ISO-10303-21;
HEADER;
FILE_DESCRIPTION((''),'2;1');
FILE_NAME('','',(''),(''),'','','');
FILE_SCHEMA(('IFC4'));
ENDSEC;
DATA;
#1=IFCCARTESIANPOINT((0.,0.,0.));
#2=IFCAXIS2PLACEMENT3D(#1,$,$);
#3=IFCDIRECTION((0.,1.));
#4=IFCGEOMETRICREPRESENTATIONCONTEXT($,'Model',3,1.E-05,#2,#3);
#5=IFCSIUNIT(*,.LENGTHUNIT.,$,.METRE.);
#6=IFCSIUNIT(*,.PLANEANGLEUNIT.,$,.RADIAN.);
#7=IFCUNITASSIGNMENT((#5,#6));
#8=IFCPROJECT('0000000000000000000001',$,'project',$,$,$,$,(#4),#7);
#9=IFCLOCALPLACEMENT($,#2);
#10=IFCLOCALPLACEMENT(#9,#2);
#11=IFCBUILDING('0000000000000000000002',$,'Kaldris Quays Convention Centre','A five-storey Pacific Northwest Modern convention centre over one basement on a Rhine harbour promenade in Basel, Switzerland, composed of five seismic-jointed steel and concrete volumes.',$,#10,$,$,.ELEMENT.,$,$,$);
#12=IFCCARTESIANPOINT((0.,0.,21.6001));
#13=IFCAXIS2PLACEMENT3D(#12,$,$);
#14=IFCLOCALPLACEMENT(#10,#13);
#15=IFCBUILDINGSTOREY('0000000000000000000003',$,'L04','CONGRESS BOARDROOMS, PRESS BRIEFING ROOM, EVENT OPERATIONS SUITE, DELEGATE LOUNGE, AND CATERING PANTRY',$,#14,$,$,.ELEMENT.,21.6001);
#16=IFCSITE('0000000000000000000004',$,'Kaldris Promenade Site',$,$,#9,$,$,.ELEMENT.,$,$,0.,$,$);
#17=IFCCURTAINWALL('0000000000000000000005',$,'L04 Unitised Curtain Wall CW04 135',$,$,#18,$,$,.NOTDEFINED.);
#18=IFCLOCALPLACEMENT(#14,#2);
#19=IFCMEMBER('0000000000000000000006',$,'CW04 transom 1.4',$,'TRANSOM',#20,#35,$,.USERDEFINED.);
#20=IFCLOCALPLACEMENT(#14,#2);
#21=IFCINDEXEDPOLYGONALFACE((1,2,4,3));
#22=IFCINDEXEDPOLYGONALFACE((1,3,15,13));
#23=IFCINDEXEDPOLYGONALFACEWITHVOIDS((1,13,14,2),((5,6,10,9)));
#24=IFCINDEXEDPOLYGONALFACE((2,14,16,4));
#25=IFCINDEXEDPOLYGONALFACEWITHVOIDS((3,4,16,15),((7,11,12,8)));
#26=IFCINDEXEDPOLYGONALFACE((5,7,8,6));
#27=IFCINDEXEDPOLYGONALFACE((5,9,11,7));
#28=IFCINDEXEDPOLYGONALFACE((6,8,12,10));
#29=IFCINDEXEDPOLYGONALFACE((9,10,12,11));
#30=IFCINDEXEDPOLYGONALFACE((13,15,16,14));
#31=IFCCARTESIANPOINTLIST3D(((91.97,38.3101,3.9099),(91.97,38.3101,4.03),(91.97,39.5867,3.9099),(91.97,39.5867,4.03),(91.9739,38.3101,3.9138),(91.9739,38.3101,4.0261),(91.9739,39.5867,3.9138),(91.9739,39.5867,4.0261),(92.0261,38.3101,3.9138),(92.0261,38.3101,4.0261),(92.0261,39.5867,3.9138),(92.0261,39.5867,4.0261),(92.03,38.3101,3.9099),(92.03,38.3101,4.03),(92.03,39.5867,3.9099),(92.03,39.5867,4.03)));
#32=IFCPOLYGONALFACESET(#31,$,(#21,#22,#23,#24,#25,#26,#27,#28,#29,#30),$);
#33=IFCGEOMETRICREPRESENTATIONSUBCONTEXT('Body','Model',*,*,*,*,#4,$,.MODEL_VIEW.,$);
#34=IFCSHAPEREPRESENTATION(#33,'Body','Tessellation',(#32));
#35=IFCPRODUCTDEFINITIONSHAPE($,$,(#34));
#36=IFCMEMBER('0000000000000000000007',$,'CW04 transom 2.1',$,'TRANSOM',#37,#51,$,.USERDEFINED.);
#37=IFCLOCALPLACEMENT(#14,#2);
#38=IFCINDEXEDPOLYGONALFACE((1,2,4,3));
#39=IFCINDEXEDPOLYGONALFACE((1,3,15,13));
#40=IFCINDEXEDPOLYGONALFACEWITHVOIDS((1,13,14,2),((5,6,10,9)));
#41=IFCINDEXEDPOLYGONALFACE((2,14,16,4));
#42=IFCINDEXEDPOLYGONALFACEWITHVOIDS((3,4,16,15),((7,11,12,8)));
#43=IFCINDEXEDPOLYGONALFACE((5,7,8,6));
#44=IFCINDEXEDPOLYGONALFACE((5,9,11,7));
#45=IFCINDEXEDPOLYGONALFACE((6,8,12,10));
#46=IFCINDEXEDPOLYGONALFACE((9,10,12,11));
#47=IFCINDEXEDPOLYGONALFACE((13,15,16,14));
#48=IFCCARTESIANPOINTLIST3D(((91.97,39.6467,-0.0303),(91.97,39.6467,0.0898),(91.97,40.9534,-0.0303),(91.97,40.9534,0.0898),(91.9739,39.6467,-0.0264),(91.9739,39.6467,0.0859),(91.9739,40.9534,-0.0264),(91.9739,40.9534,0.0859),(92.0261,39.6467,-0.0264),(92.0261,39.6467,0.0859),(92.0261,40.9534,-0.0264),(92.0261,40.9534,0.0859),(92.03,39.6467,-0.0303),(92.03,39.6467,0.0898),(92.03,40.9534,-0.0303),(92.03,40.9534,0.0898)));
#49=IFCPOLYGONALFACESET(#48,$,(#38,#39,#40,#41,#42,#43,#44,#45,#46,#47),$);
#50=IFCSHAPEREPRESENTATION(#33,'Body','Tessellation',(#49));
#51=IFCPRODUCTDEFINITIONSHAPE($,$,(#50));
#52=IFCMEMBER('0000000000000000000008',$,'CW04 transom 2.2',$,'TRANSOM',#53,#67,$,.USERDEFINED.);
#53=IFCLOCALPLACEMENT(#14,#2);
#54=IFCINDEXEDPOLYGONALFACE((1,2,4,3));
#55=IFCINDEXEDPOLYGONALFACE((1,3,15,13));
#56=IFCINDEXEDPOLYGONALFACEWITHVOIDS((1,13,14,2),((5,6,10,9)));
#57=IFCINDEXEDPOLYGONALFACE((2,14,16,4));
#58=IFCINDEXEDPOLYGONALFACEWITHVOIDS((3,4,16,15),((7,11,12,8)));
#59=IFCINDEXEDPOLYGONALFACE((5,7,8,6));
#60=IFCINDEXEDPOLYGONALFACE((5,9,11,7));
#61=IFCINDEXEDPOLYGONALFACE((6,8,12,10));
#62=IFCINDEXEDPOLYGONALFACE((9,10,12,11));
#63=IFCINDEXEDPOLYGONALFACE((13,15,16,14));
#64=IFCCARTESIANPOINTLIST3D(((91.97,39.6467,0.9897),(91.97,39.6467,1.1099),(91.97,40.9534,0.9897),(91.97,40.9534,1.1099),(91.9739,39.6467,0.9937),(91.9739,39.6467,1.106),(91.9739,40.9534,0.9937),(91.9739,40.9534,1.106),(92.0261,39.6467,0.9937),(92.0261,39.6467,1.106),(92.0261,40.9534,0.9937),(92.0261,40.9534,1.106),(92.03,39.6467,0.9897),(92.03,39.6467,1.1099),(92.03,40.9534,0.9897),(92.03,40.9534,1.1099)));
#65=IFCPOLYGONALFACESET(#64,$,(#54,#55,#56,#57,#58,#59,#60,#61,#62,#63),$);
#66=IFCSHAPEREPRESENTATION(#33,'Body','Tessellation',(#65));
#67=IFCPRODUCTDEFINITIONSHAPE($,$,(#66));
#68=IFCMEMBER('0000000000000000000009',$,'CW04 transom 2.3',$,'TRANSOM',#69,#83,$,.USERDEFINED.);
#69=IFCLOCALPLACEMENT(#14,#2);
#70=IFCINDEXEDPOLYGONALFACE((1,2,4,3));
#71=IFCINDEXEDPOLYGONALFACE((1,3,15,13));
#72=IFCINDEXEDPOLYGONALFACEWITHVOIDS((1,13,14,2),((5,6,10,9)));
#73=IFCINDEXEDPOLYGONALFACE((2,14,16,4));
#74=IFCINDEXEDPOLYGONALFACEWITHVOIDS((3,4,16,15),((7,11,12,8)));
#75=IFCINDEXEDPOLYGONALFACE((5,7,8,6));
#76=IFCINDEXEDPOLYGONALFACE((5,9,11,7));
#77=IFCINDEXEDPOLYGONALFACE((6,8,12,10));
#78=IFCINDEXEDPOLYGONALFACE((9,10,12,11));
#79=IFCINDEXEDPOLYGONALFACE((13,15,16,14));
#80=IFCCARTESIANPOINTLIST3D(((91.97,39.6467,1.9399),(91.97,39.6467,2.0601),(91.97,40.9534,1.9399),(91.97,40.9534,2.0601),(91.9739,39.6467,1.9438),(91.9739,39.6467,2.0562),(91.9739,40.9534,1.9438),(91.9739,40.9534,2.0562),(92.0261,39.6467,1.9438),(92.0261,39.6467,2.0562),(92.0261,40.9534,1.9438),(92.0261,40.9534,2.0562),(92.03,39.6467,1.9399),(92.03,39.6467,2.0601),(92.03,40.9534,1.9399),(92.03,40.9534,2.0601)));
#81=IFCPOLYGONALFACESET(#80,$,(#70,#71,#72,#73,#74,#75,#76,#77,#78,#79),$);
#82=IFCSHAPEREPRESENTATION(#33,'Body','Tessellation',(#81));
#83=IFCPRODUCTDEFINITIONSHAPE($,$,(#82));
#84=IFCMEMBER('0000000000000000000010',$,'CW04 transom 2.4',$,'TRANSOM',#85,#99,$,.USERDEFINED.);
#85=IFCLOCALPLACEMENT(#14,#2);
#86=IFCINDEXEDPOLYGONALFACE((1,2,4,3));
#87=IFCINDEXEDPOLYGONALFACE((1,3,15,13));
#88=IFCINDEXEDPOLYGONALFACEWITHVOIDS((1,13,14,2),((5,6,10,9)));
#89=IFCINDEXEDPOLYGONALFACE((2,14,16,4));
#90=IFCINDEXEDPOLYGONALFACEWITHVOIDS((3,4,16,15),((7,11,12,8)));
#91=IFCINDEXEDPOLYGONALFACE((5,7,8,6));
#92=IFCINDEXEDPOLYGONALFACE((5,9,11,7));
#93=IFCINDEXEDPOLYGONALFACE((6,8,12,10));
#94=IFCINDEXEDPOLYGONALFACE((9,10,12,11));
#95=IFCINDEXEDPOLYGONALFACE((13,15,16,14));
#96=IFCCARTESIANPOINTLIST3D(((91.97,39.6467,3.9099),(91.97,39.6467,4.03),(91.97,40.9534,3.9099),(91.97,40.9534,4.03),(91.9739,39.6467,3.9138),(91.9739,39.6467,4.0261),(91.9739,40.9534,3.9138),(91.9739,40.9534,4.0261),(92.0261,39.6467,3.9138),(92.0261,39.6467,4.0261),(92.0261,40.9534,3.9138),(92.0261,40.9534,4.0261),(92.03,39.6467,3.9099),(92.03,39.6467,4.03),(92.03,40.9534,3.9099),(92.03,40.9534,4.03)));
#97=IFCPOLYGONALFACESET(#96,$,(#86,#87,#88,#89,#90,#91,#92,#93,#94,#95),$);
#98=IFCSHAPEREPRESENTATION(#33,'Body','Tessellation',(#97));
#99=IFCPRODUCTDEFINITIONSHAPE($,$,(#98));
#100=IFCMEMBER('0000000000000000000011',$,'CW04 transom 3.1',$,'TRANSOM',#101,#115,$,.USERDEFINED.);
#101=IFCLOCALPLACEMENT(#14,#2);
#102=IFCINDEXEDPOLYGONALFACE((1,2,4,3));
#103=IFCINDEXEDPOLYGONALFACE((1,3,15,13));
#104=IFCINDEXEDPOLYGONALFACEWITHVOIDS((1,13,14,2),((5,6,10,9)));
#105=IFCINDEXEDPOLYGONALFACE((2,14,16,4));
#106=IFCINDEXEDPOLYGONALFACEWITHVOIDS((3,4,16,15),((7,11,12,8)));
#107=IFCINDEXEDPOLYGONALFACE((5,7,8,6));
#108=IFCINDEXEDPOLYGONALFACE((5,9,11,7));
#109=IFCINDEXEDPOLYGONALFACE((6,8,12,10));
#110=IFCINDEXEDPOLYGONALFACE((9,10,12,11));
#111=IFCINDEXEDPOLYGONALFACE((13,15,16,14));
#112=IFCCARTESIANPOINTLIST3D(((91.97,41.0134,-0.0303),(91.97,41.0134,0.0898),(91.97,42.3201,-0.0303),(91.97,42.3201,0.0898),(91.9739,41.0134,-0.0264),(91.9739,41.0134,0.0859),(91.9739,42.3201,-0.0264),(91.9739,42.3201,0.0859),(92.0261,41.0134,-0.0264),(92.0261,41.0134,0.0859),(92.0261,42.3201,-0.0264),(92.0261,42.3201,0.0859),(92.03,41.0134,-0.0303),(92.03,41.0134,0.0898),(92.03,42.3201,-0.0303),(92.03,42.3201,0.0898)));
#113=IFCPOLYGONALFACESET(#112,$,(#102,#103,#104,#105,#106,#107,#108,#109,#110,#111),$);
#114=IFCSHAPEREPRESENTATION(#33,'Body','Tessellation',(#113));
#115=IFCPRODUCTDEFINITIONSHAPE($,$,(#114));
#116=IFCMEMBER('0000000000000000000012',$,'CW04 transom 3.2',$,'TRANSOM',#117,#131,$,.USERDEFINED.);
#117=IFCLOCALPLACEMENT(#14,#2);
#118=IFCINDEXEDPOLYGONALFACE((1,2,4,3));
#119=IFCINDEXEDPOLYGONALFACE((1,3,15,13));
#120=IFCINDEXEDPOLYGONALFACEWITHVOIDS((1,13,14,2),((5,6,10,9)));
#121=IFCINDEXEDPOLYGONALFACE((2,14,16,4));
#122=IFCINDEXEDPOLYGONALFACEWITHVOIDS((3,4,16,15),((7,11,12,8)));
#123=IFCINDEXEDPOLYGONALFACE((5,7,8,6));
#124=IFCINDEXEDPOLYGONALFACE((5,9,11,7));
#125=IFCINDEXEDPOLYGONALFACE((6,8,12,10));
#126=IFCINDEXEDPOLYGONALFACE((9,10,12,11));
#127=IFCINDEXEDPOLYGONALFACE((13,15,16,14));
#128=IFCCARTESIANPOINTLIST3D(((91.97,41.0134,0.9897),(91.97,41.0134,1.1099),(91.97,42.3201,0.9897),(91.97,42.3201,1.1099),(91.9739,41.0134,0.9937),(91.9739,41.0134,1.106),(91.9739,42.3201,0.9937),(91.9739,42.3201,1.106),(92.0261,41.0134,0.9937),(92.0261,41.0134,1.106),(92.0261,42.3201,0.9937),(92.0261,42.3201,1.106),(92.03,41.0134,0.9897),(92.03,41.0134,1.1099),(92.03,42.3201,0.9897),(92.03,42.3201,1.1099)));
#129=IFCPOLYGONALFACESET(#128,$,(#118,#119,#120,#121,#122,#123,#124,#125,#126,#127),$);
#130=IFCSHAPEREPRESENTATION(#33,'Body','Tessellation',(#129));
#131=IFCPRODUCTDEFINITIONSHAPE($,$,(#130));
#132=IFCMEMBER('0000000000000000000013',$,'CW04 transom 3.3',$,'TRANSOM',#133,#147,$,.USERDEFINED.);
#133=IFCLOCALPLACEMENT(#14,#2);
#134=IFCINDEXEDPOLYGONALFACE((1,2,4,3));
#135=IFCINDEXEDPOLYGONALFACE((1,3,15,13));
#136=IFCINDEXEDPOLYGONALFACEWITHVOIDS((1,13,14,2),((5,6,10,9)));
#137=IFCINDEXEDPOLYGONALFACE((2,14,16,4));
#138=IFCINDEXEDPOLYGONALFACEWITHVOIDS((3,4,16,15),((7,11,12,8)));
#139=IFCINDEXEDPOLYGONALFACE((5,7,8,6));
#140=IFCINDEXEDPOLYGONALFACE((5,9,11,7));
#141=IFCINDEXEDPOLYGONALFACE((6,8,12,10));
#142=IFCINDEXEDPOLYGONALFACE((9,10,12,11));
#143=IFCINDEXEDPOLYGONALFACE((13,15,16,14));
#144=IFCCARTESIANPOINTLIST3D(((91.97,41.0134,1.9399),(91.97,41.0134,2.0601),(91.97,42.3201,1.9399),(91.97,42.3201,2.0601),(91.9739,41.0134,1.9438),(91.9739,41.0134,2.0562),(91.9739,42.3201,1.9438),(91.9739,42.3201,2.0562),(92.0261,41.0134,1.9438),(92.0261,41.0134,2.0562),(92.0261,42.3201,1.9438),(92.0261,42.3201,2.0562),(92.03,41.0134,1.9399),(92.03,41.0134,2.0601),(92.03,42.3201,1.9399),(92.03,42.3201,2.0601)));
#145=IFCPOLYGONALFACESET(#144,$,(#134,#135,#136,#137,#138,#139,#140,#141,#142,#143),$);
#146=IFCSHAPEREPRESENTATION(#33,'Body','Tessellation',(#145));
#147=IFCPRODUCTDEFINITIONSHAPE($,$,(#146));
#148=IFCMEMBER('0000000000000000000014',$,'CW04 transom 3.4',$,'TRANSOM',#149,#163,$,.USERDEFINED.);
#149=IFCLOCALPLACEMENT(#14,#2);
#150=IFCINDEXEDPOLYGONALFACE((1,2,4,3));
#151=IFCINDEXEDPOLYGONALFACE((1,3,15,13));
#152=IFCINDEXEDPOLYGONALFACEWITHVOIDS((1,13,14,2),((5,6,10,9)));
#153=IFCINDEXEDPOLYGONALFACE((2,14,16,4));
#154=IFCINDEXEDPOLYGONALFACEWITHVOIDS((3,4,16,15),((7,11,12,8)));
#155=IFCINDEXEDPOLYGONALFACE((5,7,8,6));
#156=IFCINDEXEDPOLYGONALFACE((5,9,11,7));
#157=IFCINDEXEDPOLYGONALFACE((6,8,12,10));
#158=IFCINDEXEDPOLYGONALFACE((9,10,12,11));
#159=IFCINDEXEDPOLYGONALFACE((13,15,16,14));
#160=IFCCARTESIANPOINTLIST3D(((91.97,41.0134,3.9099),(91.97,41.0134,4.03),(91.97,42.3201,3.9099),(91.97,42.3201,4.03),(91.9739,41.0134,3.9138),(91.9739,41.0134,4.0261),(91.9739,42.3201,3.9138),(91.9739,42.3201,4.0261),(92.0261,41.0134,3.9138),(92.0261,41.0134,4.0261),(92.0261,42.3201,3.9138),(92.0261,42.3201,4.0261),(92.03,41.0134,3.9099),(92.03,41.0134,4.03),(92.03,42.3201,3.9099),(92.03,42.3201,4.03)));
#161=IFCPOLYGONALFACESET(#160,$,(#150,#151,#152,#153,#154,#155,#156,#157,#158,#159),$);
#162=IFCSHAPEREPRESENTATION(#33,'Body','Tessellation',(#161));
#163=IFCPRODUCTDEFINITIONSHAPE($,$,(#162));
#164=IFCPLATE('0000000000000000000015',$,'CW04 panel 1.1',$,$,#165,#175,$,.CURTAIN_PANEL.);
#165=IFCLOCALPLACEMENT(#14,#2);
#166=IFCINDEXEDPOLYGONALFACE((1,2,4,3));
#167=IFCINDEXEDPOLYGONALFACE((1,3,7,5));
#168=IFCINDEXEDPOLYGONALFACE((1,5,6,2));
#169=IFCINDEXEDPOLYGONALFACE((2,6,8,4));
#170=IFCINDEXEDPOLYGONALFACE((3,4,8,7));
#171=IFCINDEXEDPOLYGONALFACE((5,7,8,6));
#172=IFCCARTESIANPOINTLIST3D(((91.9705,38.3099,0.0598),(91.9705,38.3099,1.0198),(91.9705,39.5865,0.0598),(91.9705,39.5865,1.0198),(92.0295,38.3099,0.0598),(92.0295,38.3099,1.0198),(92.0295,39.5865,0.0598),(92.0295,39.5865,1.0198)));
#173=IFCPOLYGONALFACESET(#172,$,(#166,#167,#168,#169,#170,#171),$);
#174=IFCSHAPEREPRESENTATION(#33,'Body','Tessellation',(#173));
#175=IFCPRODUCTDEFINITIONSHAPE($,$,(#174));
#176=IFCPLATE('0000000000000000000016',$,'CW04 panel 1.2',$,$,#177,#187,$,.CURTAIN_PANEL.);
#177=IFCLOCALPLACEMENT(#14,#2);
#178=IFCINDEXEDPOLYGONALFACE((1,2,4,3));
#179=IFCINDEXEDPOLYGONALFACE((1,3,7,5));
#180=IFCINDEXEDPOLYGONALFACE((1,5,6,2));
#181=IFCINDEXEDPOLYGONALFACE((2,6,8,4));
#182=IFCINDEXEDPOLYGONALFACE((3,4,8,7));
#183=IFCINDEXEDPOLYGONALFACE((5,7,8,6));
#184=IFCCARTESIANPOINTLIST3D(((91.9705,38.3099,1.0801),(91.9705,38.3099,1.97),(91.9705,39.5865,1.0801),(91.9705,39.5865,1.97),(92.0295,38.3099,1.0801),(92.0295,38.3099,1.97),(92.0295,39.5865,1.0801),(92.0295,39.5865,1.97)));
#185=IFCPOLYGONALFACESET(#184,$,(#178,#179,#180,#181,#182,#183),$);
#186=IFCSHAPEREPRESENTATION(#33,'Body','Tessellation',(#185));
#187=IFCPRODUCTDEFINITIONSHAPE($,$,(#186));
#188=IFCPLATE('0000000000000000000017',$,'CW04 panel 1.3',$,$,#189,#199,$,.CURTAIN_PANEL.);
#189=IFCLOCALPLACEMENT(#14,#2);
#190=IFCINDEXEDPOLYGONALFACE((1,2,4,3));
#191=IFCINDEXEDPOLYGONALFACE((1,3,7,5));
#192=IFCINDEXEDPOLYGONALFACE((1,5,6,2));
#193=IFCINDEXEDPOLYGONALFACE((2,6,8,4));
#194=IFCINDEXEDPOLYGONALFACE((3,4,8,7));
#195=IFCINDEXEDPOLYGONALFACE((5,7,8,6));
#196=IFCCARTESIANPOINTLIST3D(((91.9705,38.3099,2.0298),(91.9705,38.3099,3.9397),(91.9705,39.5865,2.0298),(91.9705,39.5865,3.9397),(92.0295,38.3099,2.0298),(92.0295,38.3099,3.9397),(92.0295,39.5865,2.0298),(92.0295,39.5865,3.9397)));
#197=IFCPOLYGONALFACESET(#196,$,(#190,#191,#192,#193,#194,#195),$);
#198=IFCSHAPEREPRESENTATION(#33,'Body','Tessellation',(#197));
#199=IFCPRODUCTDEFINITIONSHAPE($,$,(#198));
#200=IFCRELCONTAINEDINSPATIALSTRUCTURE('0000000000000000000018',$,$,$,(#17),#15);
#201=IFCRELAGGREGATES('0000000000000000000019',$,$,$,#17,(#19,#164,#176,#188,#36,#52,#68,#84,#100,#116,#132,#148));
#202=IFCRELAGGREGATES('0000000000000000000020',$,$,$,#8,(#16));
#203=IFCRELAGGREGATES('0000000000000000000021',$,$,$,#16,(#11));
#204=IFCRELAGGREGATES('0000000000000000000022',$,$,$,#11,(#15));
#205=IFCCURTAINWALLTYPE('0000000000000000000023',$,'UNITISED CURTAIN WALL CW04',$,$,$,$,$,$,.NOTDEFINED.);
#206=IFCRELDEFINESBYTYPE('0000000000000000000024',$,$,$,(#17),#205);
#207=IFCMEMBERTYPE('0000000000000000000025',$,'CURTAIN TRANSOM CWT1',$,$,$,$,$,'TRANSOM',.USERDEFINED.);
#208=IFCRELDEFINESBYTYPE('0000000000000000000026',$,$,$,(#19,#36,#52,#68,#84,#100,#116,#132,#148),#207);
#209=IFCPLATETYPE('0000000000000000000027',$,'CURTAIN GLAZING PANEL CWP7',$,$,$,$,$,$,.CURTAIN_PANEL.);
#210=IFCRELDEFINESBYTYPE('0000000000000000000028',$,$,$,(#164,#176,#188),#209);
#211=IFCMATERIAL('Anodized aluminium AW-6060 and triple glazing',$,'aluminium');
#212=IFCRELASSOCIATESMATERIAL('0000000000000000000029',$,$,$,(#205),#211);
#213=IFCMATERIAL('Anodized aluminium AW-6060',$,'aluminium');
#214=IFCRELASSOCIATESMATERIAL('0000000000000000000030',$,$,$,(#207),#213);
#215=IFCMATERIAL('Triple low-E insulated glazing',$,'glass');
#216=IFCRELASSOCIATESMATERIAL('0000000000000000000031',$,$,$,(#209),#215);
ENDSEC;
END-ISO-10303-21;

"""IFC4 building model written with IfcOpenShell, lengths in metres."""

from ifc_helpers import new_model, si_unit, direction, frame, origin, origin_2d, place, context, subcontext, project, spatial, rectangle, hollow_rectangle, extrude, material, material_profile, profile_set, type_object, element, aggregate, save


model = new_model("IFC4")

# Units and contexts
model_context = context("Model", 3, precision=1e-05, world=origin(), true_north=direction((0.0, 1.0)))
body_context = subcontext(model_context, "Body", "Model", "MODEL_VIEW")
ifc_project = project(units=[si_unit("LENGTHUNIT", "METRE"), si_unit("PLANEANGLEUNIT", "RADIAN")], contexts=[model_context])

# Site, building, storey
site_placement = place(None, origin())
site = spatial("IfcSite", under=ifc_project, at=site_placement, Name="Kaldris Promenade Site", CompositionType="ELEMENT", RefElevation=0.0)
building_placement = place(site_placement, origin())
building = spatial("IfcBuilding", under=site, at=building_placement, Name="Kaldris Quays Convention Centre", Description="A five-storey Pacific Northwest Modern convention centre over one basement on a Rhine harbour promenade in Basel, Switzerland, composed of five seismic-jointed steel and concrete volumes.", CompositionType="ELEMENT")
storey_placement = place(building_placement, frame((0.0, 0.0, 21.6001)))
storey = spatial("IfcBuildingStorey", under=building, at=storey_placement, Name="L04", Description="CONGRESS BOARDROOMS, PRESS BRIEFING ROOM, EVENT OPERATIONS SUITE, DELEGATE LOUNGE, AND CATERING PANTRY", CompositionType="ELEMENT", Elevation=21.6001)

# Curtain wall, members, plates
ifc_material_1 = material(Name="Anodized aluminium AW-6060 and triple glazing", Category="aluminium")
curtain_wall_type = type_object("IfcCurtainWallType", Name="UNITISED CURTAIN WALL CW04", PredefinedType="NOTDEFINED", material=ifc_material_1)
curtain_wall_placement = place(storey_placement, origin())
curtain_wall = element("IfcCurtainWall", 1, at=curtain_wall_placement, inside=storey, type_object=curtain_wall_type, Name="L04 Unitised Curtain Wall CW04 135", PredefinedType="NOTDEFINED")
ifc_material_2 = material(Name="Anodized aluminium AW-6060", Category="aluminium")
ifc_material_profile_1 = material_profile(ifc_material_2, hollow_rectangle(XDim=0.0601, YDim=0.1201, WallThickness=0.0039, at=origin_2d()), Name="RHS 120x60x4")
ifc_profile_set_1 = profile_set([ifc_material_profile_1], Name="Anodized aluminium AW-6060")
member_type_1 = type_object("IfcMemberType", Name="CURTAIN TRANSOM CWT1", ElementType="TRANSOM", PredefinedType="USERDEFINED", material=ifc_profile_set_1)
member_1_placement = place(storey_placement, frame((92.0, 38.3101, 3.97), z_axis=(0.0, 1.0, 0.0), x_axis=(-1.0, 0.0, 0.0)))
member_1 = element("IfcMember", 2, at=member_1_placement, type_object=member_type_1, Name="CW04 transom 1.4", ObjectType="TRANSOM", PredefinedType="USERDEFINED", context=body_context, shape_type="SweptSolid", body=[
    extrude(hollow_rectangle(XDim=0.0601, YDim=0.1201, WallThickness=0.0039, at=origin_2d()), origin(), (0.0, 0.0, 1.0), 1.2766),
])
member_2_placement = place(storey_placement, frame((92.0, 39.6467, 0.0298), z_axis=(0.0, 1.0, 0.0), x_axis=(-1.0, 0.0, 0.0)))
member_2 = element("IfcMember", 3, at=member_2_placement, type_object=member_type_1, Name="CW04 transom 2.1", ObjectType="TRANSOM", PredefinedType="USERDEFINED", context=body_context, shape_type="SweptSolid", body=[
    extrude(hollow_rectangle(XDim=0.0601, YDim=0.1201, WallThickness=0.0039, at=origin_2d()), origin(), (0.0, 0.0, 1.0), 1.3066),
])
member_3_placement = place(storey_placement, frame((92.0, 39.6467, 1.0498), z_axis=(0.0, 1.0, 0.0), x_axis=(-1.0, 0.0, 0.0)))
member_3 = element("IfcMember", 4, at=member_3_placement, type_object=member_type_1, Name="CW04 transom 2.2", ObjectType="TRANSOM", PredefinedType="USERDEFINED", context=body_context, shape_type="SweptSolid", body=[
    extrude(hollow_rectangle(XDim=0.0601, YDim=0.1201, WallThickness=0.0039, at=origin_2d()), origin(), (0.0, 0.0, 1.0), 1.3066),
])
member_4_placement = place(storey_placement, frame((92.0, 39.6467, 2.0), z_axis=(0.0, 1.0, 0.0), x_axis=(-1.0, 0.0, 0.0)))
member_4 = element("IfcMember", 5, at=member_4_placement, type_object=member_type_1, Name="CW04 transom 2.3", ObjectType="TRANSOM", PredefinedType="USERDEFINED", context=body_context, shape_type="SweptSolid", body=[
    extrude(hollow_rectangle(XDim=0.0601, YDim=0.1201, WallThickness=0.0039, at=origin_2d()), origin(), (0.0, 0.0, 1.0), 1.3066),
])
member_5_placement = place(storey_placement, frame((92.0, 39.6467, 3.97), z_axis=(0.0, 1.0, 0.0), x_axis=(-1.0, 0.0, 0.0)))
member_5 = element("IfcMember", 6, at=member_5_placement, type_object=member_type_1, Name="CW04 transom 2.4", ObjectType="TRANSOM", PredefinedType="USERDEFINED", context=body_context, shape_type="SweptSolid", body=[
    extrude(hollow_rectangle(XDim=0.0601, YDim=0.1201, WallThickness=0.0039, at=origin_2d()), origin(), (0.0, 0.0, 1.0), 1.3066),
])
member_6_placement = place(storey_placement, frame((92.0, 41.0134, 0.0298), z_axis=(0.0, 1.0, 0.0), x_axis=(-1.0, 0.0, 0.0)))
member_6 = element("IfcMember", 7, at=member_6_placement, type_object=member_type_1, Name="CW04 transom 3.1", ObjectType="TRANSOM", PredefinedType="USERDEFINED", context=body_context, shape_type="SweptSolid", body=[
    extrude(hollow_rectangle(XDim=0.0601, YDim=0.1201, WallThickness=0.0039, at=origin_2d()), origin(), (0.0, 0.0, 1.0), 1.3066),
])
member_7_placement = place(storey_placement, frame((92.0, 41.0134, 1.0498), z_axis=(0.0, 1.0, 0.0), x_axis=(-1.0, 0.0, 0.0)))
member_7 = element("IfcMember", 8, at=member_7_placement, type_object=member_type_1, Name="CW04 transom 3.2", ObjectType="TRANSOM", PredefinedType="USERDEFINED", context=body_context, shape_type="SweptSolid", body=[
    extrude(hollow_rectangle(XDim=0.0601, YDim=0.1201, WallThickness=0.0039, at=origin_2d()), origin(), (0.0, 0.0, 1.0), 1.3066),
])
member_8_placement = place(storey_placement, frame((92.0, 41.0134, 2.0), z_axis=(0.0, 1.0, 0.0), x_axis=(-1.0, 0.0, 0.0)))
member_8 = element("IfcMember", 9, at=member_8_placement, type_object=member_type_1, Name="CW04 transom 3.3", ObjectType="TRANSOM", PredefinedType="USERDEFINED", context=body_context, shape_type="SweptSolid", body=[
    extrude(hollow_rectangle(XDim=0.0601, YDim=0.1201, WallThickness=0.0039, at=origin_2d()), origin(), (0.0, 0.0, 1.0), 1.3066),
])
member_9_placement = place(storey_placement, frame((92.0, 41.0134, 3.97), z_axis=(0.0, 1.0, 0.0), x_axis=(-1.0, 0.0, 0.0)))
member_9 = element("IfcMember", 10, at=member_9_placement, type_object=member_type_1, Name="CW04 transom 3.4", ObjectType="TRANSOM", PredefinedType="USERDEFINED", context=body_context, shape_type="SweptSolid", body=[
    extrude(hollow_rectangle(XDim=0.0601, YDim=0.1201, WallThickness=0.0039, at=origin_2d()), origin(), (0.0, 0.0, 1.0), 1.3066),
])
ifc_material_3 = material(Name="Triple low-E insulated glazing", Category="glass")
plate_type = type_object("IfcPlateType", Name="CURTAIN GLAZING PANEL CWP7", PredefinedType="CURTAIN_PANEL", material=ifc_material_3)
plate_1_placement = place(storey_placement, frame((92.0, 38.9482, 0.0598), z_axis=(0.0, 0.0, 1.0), x_axis=(0.0, 1.0, 0.0)))
plate_1 = element("IfcPlate", 11, at=plate_1_placement, type_object=plate_type, Name="CW04 panel 1.1", PredefinedType="CURTAIN_PANEL", context=body_context, shape_type="SweptSolid", body=[
    extrude(rectangle(XDim=1.2766, YDim=0.0591, at=origin_2d()), origin(), (0.0, 0.0, 1.0), 0.96),
])
plate_2_placement = place(storey_placement, frame((92.0, 38.9482, 1.0801), z_axis=(0.0, 0.0, 1.0), x_axis=(0.0, 1.0, 0.0)))
plate_2 = element("IfcPlate", 12, at=plate_2_placement, type_object=plate_type, Name="CW04 panel 1.2", PredefinedType="CURTAIN_PANEL", context=body_context, shape_type="SweptSolid", body=[
    extrude(rectangle(XDim=1.2766, YDim=0.0591, at=origin_2d()), origin(), (0.0, 0.0, 1.0), 0.8899),
])
plate_3_placement = place(storey_placement, frame((92.0, 38.9482, 2.0298), z_axis=(0.0, 0.0, 1.0), x_axis=(0.0, 1.0, 0.0)))
plate_3 = element("IfcPlate", 13, at=plate_3_placement, type_object=plate_type, Name="CW04 panel 1.3", PredefinedType="CURTAIN_PANEL", context=body_context, shape_type="SweptSolid", body=[
    extrude(rectangle(XDim=1.2766, YDim=0.0591, at=origin_2d()), origin(), (0.0, 0.0, 1.0), 1.9099),
])
aggregate(curtain_wall, [member_1, plate_1, plate_2, plate_3, member_2, member_3, member_4, member_5, member_6, member_7, member_8, member_9])

save(model, "model.ifc")
